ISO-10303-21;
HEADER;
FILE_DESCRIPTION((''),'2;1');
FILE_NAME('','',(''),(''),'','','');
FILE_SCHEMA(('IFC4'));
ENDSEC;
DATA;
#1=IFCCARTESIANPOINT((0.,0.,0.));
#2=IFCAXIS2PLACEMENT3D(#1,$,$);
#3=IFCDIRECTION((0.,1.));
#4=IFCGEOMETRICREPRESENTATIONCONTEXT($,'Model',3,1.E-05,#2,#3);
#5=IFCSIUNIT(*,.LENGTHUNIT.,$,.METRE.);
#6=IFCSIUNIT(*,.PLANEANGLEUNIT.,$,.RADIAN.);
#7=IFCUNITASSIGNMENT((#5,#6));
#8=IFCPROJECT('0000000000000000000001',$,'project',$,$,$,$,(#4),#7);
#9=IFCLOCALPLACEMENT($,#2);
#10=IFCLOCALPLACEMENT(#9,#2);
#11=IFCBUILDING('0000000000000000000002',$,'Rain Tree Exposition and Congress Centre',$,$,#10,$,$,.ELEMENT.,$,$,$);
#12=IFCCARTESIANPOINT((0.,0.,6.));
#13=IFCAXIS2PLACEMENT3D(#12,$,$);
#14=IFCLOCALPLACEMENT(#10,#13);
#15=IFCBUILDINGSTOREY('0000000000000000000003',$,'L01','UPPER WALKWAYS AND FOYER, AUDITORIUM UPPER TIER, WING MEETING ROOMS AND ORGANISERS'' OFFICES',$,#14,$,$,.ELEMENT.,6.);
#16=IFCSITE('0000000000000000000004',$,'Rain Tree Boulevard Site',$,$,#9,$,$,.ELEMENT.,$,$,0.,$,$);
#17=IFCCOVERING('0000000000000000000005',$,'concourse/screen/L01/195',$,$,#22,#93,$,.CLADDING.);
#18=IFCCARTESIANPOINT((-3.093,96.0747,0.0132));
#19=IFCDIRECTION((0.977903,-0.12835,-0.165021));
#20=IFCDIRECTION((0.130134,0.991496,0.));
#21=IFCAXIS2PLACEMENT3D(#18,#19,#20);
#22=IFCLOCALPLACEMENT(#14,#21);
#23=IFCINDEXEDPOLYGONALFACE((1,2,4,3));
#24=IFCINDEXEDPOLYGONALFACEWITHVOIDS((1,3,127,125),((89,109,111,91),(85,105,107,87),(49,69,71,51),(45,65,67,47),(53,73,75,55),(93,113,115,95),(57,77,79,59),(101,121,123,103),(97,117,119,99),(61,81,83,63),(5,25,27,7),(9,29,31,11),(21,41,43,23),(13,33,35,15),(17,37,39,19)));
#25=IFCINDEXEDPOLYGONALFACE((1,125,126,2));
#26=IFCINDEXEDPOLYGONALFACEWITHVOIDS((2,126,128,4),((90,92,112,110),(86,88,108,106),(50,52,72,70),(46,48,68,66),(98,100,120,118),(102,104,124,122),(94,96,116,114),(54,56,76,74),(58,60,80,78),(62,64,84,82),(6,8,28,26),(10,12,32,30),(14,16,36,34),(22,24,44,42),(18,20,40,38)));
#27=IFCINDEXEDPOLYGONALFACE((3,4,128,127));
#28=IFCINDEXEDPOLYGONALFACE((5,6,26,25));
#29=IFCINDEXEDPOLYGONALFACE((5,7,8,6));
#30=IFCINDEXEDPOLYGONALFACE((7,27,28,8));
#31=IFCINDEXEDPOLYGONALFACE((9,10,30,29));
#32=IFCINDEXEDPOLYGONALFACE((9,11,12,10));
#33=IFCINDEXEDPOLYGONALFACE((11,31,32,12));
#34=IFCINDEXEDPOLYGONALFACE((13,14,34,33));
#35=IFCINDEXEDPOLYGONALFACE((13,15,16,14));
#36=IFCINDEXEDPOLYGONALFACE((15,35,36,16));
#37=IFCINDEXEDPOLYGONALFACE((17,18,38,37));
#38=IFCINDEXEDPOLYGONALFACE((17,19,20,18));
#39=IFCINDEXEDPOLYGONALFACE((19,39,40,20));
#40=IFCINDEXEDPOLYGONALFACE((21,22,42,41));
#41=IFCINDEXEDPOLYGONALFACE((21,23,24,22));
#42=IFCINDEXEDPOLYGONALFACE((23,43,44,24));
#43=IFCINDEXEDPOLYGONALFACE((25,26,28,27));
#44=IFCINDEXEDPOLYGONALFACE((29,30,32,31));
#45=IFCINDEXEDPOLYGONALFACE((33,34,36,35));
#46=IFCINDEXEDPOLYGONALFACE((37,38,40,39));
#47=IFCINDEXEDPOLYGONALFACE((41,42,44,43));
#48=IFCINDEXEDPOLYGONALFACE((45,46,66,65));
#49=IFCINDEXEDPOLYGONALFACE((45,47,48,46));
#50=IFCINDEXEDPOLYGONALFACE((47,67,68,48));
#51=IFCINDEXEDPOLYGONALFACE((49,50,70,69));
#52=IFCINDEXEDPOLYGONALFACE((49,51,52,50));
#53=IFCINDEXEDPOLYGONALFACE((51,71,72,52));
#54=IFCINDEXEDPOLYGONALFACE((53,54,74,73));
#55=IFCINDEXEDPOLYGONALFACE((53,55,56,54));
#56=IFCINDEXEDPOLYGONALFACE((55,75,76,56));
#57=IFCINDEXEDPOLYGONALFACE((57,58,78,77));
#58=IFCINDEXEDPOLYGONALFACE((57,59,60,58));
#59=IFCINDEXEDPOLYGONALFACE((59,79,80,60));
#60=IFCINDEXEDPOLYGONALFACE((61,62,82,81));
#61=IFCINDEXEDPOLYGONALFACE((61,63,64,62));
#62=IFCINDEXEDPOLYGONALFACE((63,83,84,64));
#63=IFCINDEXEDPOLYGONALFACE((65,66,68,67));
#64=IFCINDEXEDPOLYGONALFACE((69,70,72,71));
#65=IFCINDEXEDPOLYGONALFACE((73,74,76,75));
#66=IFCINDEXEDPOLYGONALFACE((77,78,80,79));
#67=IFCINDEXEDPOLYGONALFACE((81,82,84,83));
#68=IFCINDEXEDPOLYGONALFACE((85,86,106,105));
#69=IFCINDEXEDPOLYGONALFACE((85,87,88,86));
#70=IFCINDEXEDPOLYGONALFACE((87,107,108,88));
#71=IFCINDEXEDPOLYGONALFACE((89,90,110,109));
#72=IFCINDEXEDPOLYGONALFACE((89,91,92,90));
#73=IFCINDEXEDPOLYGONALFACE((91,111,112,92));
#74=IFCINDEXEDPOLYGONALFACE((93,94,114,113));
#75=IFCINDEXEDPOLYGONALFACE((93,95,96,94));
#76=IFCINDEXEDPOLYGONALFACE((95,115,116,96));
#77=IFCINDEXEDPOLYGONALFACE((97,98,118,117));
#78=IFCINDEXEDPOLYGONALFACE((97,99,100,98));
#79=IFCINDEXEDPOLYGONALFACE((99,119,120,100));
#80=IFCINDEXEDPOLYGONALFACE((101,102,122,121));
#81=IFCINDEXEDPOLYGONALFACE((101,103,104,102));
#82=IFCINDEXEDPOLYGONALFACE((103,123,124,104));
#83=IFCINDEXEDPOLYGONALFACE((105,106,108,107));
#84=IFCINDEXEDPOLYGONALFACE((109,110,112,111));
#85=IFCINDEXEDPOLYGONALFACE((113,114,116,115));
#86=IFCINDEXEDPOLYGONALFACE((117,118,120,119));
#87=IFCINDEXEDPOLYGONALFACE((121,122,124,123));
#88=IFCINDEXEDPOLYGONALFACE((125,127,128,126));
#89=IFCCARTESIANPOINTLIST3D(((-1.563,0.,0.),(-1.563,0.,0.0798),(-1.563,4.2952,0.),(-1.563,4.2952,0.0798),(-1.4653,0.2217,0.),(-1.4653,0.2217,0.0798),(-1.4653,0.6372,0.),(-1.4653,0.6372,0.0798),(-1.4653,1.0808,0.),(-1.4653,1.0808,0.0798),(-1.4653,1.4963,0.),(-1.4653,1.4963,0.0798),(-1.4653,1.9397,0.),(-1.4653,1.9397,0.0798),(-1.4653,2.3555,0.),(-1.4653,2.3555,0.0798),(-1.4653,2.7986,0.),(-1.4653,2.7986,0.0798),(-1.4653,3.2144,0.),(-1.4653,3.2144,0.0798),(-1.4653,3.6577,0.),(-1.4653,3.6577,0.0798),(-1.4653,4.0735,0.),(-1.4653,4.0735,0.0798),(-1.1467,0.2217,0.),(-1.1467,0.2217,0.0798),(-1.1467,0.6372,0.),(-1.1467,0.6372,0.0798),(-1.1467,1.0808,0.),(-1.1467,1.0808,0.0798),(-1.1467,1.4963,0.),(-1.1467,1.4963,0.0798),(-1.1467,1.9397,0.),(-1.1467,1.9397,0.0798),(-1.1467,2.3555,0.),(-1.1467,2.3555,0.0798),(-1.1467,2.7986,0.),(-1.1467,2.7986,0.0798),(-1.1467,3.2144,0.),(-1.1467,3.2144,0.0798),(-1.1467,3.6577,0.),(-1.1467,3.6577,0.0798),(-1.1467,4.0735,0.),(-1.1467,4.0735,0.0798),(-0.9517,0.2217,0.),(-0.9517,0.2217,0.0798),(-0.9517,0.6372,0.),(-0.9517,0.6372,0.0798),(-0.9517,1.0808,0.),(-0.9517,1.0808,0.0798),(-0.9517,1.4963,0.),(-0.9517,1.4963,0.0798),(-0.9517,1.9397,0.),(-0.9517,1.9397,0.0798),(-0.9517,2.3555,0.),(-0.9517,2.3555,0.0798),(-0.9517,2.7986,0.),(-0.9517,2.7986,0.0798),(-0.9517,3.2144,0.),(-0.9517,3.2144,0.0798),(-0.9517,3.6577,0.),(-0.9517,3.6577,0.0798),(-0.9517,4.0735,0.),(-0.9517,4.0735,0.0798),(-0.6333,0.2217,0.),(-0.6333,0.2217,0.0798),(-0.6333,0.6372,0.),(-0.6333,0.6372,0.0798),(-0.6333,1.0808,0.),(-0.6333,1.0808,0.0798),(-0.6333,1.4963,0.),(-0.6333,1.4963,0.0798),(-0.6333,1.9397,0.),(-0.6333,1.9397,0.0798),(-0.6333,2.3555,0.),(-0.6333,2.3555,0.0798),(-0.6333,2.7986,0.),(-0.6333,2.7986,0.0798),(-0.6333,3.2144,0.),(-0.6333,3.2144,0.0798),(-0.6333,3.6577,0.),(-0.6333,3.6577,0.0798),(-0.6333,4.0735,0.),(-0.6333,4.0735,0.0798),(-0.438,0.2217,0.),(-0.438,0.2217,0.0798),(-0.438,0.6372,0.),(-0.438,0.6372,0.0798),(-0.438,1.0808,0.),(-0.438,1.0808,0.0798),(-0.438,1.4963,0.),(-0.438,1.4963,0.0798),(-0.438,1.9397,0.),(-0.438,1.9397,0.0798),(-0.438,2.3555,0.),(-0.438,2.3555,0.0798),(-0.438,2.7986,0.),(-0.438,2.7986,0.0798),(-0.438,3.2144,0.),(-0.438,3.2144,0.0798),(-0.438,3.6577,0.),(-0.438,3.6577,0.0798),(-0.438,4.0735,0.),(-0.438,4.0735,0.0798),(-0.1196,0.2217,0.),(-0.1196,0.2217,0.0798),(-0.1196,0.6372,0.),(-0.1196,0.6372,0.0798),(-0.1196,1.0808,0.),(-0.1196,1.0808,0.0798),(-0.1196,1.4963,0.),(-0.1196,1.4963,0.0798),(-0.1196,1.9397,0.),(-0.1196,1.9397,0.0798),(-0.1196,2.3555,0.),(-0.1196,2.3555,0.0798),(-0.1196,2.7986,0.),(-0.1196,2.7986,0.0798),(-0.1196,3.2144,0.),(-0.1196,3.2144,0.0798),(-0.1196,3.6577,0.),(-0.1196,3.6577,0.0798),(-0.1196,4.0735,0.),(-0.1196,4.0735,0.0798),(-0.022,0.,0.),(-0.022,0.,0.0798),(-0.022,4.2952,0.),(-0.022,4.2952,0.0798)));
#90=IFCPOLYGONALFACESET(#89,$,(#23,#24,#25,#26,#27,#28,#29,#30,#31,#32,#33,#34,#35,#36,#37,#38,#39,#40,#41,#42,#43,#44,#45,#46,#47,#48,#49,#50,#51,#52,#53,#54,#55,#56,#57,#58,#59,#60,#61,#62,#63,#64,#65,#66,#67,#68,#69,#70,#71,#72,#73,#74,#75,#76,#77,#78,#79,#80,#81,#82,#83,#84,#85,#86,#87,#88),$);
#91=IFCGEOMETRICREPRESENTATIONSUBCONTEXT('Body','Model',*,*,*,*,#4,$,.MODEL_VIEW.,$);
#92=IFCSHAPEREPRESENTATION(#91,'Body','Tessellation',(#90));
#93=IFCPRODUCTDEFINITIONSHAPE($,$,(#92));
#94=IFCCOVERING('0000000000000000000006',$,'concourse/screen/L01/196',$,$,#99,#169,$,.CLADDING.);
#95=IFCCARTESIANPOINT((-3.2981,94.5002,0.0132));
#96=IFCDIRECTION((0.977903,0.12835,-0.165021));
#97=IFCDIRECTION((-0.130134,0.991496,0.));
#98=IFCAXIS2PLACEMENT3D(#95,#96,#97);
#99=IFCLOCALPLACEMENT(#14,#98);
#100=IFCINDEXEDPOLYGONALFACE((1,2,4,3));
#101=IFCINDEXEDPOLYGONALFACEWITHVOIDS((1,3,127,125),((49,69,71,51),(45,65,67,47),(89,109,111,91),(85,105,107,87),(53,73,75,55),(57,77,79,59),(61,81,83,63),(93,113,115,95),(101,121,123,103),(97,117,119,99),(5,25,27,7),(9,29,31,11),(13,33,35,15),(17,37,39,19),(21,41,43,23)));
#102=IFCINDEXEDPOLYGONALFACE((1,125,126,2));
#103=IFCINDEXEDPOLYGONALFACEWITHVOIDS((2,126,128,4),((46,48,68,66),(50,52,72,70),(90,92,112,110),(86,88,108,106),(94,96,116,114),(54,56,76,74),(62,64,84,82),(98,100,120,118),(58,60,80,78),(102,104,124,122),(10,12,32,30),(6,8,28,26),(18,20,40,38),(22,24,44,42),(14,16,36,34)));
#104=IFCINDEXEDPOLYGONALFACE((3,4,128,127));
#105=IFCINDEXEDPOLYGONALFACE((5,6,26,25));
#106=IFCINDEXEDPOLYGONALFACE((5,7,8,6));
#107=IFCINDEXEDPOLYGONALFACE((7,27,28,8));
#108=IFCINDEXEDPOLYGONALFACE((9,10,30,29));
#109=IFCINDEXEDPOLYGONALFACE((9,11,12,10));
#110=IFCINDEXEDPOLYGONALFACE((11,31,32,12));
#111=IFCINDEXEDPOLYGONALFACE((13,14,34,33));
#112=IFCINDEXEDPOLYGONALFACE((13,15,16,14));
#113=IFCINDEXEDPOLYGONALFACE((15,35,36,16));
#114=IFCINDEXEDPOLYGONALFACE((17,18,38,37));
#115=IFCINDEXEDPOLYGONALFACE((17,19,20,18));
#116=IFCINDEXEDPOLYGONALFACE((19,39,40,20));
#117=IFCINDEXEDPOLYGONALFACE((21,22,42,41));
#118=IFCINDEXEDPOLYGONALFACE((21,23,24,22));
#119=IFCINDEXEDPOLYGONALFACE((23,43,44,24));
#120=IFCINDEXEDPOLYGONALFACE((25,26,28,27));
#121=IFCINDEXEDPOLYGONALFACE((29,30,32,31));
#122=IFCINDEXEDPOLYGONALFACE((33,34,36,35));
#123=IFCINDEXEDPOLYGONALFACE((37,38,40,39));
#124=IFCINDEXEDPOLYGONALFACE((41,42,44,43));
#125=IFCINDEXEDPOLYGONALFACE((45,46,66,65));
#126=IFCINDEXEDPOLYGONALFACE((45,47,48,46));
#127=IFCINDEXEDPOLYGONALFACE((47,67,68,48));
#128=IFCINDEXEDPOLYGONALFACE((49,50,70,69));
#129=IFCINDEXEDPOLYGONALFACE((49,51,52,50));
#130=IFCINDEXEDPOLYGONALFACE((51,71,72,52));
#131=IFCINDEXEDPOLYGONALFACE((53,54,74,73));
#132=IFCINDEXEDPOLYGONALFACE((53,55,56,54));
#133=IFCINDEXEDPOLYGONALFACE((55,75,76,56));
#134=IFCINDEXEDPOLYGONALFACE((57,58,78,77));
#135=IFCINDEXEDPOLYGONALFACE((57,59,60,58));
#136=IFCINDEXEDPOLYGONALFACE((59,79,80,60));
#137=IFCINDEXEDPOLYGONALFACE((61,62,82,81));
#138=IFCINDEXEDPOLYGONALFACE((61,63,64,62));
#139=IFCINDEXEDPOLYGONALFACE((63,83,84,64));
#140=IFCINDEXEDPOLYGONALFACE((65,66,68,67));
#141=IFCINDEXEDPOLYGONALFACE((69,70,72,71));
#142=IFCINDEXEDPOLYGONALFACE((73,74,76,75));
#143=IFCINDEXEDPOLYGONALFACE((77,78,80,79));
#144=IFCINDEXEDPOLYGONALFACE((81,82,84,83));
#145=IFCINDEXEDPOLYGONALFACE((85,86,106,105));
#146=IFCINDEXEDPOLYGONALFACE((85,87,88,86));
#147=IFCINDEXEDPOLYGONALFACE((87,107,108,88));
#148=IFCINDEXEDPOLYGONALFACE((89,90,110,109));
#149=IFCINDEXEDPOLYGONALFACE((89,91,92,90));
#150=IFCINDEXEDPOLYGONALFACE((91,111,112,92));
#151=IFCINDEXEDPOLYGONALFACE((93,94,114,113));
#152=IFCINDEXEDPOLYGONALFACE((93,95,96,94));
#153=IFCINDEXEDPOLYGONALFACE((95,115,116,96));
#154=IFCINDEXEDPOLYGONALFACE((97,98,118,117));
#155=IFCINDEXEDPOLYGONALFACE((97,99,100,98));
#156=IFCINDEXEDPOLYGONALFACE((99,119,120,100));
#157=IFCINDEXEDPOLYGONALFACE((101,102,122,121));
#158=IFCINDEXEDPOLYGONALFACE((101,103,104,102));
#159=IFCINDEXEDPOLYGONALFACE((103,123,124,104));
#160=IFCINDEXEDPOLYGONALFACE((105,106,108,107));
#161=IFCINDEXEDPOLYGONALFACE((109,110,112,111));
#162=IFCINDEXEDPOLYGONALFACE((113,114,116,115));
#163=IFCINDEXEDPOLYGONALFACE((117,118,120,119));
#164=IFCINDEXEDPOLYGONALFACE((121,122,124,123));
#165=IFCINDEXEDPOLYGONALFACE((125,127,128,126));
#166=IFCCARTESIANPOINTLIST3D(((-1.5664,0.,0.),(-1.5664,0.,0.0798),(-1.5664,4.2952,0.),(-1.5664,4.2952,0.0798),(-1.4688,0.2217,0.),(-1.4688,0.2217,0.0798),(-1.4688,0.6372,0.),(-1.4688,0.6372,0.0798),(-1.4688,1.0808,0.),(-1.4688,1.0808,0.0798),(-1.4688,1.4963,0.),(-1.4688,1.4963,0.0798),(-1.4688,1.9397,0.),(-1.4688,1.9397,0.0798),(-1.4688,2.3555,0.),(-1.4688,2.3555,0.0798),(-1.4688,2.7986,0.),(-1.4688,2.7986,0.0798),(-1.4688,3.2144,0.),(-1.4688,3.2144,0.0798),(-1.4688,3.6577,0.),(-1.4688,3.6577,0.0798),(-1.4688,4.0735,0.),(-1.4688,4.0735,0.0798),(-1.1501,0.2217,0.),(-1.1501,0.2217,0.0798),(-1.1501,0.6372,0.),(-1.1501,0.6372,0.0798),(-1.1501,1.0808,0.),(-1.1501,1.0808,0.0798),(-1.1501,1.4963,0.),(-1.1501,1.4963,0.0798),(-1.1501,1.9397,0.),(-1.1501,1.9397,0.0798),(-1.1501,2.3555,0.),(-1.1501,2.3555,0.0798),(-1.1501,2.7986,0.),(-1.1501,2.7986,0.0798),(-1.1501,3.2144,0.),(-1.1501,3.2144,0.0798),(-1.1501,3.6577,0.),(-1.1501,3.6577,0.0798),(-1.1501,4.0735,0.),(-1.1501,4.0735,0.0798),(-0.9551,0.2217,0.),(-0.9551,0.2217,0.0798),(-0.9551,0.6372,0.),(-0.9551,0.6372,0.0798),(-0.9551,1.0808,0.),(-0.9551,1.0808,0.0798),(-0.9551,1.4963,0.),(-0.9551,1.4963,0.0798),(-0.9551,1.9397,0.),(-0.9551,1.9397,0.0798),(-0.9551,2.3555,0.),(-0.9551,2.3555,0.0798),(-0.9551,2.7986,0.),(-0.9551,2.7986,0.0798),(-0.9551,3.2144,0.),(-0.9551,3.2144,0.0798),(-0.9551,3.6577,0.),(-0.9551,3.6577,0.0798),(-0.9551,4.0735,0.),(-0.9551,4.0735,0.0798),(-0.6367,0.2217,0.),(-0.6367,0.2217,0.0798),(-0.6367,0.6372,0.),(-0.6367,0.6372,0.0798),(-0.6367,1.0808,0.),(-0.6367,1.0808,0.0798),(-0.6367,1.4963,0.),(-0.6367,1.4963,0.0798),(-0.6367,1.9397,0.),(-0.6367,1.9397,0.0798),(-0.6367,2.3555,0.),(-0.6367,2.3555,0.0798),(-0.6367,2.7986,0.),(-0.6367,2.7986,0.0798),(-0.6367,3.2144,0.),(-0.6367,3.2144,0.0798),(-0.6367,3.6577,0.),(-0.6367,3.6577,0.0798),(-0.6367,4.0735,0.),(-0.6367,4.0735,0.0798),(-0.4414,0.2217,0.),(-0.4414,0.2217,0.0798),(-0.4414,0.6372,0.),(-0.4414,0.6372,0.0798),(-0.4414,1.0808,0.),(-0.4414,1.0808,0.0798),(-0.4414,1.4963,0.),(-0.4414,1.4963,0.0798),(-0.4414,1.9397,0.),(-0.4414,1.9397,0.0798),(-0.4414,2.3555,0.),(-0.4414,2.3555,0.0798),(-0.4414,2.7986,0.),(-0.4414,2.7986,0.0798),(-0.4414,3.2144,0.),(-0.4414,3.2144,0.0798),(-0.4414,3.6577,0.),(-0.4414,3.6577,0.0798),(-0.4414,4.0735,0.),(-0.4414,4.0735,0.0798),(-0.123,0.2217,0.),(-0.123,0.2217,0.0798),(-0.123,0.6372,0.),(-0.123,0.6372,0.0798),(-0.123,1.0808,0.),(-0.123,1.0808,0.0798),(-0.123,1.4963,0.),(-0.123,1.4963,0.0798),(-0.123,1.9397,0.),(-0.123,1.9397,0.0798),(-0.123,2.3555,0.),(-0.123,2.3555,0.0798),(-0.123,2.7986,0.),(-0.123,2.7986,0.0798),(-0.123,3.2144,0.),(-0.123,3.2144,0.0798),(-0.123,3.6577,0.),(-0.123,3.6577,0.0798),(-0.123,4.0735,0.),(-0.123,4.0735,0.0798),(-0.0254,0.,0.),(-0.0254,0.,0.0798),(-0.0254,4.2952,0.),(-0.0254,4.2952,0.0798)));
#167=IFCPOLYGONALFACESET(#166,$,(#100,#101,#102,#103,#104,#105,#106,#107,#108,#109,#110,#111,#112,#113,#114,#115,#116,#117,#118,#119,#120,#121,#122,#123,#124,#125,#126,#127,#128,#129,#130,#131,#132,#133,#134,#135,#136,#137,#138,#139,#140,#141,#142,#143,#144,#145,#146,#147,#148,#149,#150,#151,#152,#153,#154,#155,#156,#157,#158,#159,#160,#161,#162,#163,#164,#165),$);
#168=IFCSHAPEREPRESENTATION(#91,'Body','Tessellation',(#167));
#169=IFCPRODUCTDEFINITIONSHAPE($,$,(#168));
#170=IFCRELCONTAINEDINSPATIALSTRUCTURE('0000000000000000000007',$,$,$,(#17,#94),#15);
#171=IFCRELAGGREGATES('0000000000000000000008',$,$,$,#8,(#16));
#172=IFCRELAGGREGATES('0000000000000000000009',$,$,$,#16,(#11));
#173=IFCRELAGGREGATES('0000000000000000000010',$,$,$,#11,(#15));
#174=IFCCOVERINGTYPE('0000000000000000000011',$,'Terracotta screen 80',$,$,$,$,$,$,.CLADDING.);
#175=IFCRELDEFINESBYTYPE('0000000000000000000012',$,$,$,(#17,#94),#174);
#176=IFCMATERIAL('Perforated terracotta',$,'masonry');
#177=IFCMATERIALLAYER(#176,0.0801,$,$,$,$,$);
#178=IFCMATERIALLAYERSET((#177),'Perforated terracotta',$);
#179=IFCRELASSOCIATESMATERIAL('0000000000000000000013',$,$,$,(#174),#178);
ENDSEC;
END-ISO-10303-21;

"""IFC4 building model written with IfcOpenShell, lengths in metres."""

from ifc_helpers import new_model, si_unit, direction, frame, origin, place, context, subcontext, project, spatial, polyline, outline, extrude, material, layer, layer_set, type_object, element, save


model = new_model("IFC4")

# Units and contexts
model_context = context("Model", 3, precision=1e-05, world=origin(), true_north=direction((0.0, 1.0)))
body_context = subcontext(model_context, "Body", "Model", "MODEL_VIEW")
ifc_project = project(units=[si_unit("LENGTHUNIT", "METRE"), si_unit("PLANEANGLEUNIT", "RADIAN")], contexts=[model_context])

# Site, building, storey
site_placement = place(None, origin())
site = spatial("IfcSite", under=ifc_project, at=site_placement, Name="Rain Tree Boulevard Site", CompositionType="ELEMENT", RefElevation=0.0)
building_placement = place(site_placement, origin())
building = spatial("IfcBuilding", under=site, at=building_placement, Name="Rain Tree Exposition and Congress Centre", CompositionType="ELEMENT")
storey_placement = place(building_placement, frame((0.0, 0.0, 6.0)))
storey = spatial("IfcBuildingStorey", under=building, at=storey_placement, Name="L01", Description="UPPER WALKWAYS AND FOYER, AUDITORIUM UPPER TIER, WING MEETING ROOMS AND ORGANISERS' OFFICES", CompositionType="ELEMENT", Elevation=6.0)

# Coverings
ifc_material_1 = material(Name="Perforated terracotta", Category="masonry")
ifc_layer_1 = layer(ifc_material_1, 0.0801)
ifc_layer_set_1 = layer_set([ifc_layer_1], Name="Perforated terracotta")
covering_type = type_object("IfcCoveringType", Name="Terracotta screen 80", PredefinedType="CLADDING", material=ifc_layer_set_1)
covering_1_placement = place(storey_placement, frame((-3.093, 96.0747, 0.0132), z_axis=(0.977903, -0.12835, -0.165021), x_axis=(0.130134, 0.991496, 0.0)))
element("IfcCovering", 1, at=covering_1_placement, inside=storey, type_object=covering_type, Name="concourse/screen/L01/195", PredefinedType="CLADDING", context=body_context, shape_type="SweptSolid", body=[
    extrude(outline(polyline([(-1.563, 0.0), (-1.563, 4.2952), (-0.022, 4.2952), (-0.022, 0.0), (-1.563, 0.0)]), holes=[polyline([(-0.1196, 0.2217), (-0.1196, 0.6372), (-0.438, 0.6372), (-0.438, 0.2217), (-0.1196, 0.2217)]), polyline([(-0.1196, 1.0808), (-0.1196, 1.4963), (-0.438, 1.4963), (-0.438, 1.0808), (-0.1196, 1.0808)]), polyline([(-0.1196, 1.9397), (-0.1196, 2.3555), (-0.438, 2.3555), (-0.438, 1.9397), (-0.1196, 1.9397)]), polyline([(-0.1196, 2.7986), (-0.1196, 3.2144), (-0.438, 3.2144), (-0.438, 2.7986), (-0.1196, 2.7986)]), polyline([(-0.1196, 3.6577), (-0.1196, 4.0735), (-0.438, 4.0735), (-0.438, 3.6577), (-0.1196, 3.6577)]), polyline([(-0.6333, 0.2217), (-0.6333, 0.6372), (-0.9517, 0.6372), (-0.9517, 0.2217), (-0.6333, 0.2217)]), polyline([(-0.6333, 1.0808), (-0.6333, 1.4963), (-0.9517, 1.4963), (-0.9517, 1.0808), (-0.6333, 1.0808)]), polyline([(-0.6333, 1.9397), (-0.6333, 2.3555), (-0.9517, 2.3555), (-0.9517, 1.9397), (-0.6333, 1.9397)]), polyline([(-0.6333, 2.7986), (-0.6333, 3.2144), (-0.9517, 3.2144), (-0.9517, 2.7986), (-0.6333, 2.7986)]), polyline([(-0.6333, 3.6577), (-0.6333, 4.0735), (-0.9517, 4.0735), (-0.9517, 3.6577), (-0.6333, 3.6577)]), polyline([(-1.1467, 0.2217), (-1.1467, 0.6372), (-1.4653, 0.6372), (-1.4653, 0.2217), (-1.1467, 0.2217)]), polyline([(-1.1467, 1.0808), (-1.1467, 1.4963), (-1.4653, 1.4963), (-1.4653, 1.0808), (-1.1467, 1.0808)]), polyline([(-1.1467, 1.9397), (-1.1467, 2.3555), (-1.4653, 2.3555), (-1.4653, 1.9397), (-1.1467, 1.9397)]), polyline([(-1.1467, 2.7986), (-1.1467, 3.2144), (-1.4653, 3.2144), (-1.4653, 2.7986), (-1.1467, 2.7986)]), polyline([(-1.1467, 3.6577), (-1.1467, 4.0735), (-1.4653, 4.0735), (-1.4653, 3.6577), (-1.1467, 3.6577)])]), origin(), (0.0, 0.0, 1.0), 0.0798),
])
covering_2_placement = place(storey_placement, frame((-3.2981, 94.5002, 0.0132), z_axis=(0.977903, 0.12835, -0.165021), x_axis=(-0.130134, 0.991496, 0.0)))
element("IfcCovering", 2, at=covering_2_placement, inside=storey, type_object=covering_type, Name="concourse/screen/L01/196", PredefinedType="CLADDING", context=body_context, shape_type="SweptSolid", body=[
    extrude(outline(polyline([(-1.5664, 0.0), (-1.5664, 4.2952), (-0.0254, 4.2952), (-0.0254, 0.0), (-1.5664, 0.0)]), holes=[polyline([(-0.123, 0.2217), (-0.123, 0.6372), (-0.4414, 0.6372), (-0.4414, 0.2217), (-0.123, 0.2217)]), polyline([(-0.123, 1.0808), (-0.123, 1.4963), (-0.4414, 1.4963), (-0.4414, 1.0808), (-0.123, 1.0808)]), polyline([(-0.123, 1.9397), (-0.123, 2.3555), (-0.4414, 2.3555), (-0.4414, 1.9397), (-0.123, 1.9397)]), polyline([(-0.123, 2.7986), (-0.123, 3.2144), (-0.4414, 3.2144), (-0.4414, 2.7986), (-0.123, 2.7986)]), polyline([(-0.123, 3.6577), (-0.123, 4.0735), (-0.4414, 4.0735), (-0.4414, 3.6577), (-0.123, 3.6577)]), polyline([(-0.6367, 0.2217), (-0.6367, 0.6372), (-0.9551, 0.6372), (-0.9551, 0.2217), (-0.6367, 0.2217)]), polyline([(-0.6367, 1.0808), (-0.6367, 1.4963), (-0.9551, 1.4963), (-0.9551, 1.0808), (-0.6367, 1.0808)]), polyline([(-0.6367, 1.9397), (-0.6367, 2.3555), (-0.9551, 2.3555), (-0.9551, 1.9397), (-0.6367, 1.9397)]), polyline([(-0.6367, 2.7986), (-0.6367, 3.2144), (-0.9551, 3.2144), (-0.9551, 2.7986), (-0.6367, 2.7986)]), polyline([(-0.6367, 3.6577), (-0.6367, 4.0735), (-0.9551, 4.0735), (-0.9551, 3.6577), (-0.6367, 3.6577)]), polyline([(-1.1501, 0.2217), (-1.1501, 0.6372), (-1.4688, 0.6372), (-1.4688, 0.2217), (-1.1501, 0.2217)]), polyline([(-1.1501, 1.0808), (-1.1501, 1.4963), (-1.4688, 1.4963), (-1.4688, 1.0808), (-1.1501, 1.0808)]), polyline([(-1.1501, 1.9397), (-1.1501, 2.3555), (-1.4688, 2.3555), (-1.4688, 1.9397), (-1.1501, 1.9397)]), polyline([(-1.1501, 2.7986), (-1.1501, 3.2144), (-1.4688, 3.2144), (-1.4688, 2.7986), (-1.1501, 2.7986)]), polyline([(-1.1501, 3.6577), (-1.1501, 4.0735), (-1.4688, 4.0735), (-1.4688, 3.6577), (-1.1501, 3.6577)])]), origin(), (0.0, 0.0, 1.0), 0.0798),
])

save(model, "model.ifc")
